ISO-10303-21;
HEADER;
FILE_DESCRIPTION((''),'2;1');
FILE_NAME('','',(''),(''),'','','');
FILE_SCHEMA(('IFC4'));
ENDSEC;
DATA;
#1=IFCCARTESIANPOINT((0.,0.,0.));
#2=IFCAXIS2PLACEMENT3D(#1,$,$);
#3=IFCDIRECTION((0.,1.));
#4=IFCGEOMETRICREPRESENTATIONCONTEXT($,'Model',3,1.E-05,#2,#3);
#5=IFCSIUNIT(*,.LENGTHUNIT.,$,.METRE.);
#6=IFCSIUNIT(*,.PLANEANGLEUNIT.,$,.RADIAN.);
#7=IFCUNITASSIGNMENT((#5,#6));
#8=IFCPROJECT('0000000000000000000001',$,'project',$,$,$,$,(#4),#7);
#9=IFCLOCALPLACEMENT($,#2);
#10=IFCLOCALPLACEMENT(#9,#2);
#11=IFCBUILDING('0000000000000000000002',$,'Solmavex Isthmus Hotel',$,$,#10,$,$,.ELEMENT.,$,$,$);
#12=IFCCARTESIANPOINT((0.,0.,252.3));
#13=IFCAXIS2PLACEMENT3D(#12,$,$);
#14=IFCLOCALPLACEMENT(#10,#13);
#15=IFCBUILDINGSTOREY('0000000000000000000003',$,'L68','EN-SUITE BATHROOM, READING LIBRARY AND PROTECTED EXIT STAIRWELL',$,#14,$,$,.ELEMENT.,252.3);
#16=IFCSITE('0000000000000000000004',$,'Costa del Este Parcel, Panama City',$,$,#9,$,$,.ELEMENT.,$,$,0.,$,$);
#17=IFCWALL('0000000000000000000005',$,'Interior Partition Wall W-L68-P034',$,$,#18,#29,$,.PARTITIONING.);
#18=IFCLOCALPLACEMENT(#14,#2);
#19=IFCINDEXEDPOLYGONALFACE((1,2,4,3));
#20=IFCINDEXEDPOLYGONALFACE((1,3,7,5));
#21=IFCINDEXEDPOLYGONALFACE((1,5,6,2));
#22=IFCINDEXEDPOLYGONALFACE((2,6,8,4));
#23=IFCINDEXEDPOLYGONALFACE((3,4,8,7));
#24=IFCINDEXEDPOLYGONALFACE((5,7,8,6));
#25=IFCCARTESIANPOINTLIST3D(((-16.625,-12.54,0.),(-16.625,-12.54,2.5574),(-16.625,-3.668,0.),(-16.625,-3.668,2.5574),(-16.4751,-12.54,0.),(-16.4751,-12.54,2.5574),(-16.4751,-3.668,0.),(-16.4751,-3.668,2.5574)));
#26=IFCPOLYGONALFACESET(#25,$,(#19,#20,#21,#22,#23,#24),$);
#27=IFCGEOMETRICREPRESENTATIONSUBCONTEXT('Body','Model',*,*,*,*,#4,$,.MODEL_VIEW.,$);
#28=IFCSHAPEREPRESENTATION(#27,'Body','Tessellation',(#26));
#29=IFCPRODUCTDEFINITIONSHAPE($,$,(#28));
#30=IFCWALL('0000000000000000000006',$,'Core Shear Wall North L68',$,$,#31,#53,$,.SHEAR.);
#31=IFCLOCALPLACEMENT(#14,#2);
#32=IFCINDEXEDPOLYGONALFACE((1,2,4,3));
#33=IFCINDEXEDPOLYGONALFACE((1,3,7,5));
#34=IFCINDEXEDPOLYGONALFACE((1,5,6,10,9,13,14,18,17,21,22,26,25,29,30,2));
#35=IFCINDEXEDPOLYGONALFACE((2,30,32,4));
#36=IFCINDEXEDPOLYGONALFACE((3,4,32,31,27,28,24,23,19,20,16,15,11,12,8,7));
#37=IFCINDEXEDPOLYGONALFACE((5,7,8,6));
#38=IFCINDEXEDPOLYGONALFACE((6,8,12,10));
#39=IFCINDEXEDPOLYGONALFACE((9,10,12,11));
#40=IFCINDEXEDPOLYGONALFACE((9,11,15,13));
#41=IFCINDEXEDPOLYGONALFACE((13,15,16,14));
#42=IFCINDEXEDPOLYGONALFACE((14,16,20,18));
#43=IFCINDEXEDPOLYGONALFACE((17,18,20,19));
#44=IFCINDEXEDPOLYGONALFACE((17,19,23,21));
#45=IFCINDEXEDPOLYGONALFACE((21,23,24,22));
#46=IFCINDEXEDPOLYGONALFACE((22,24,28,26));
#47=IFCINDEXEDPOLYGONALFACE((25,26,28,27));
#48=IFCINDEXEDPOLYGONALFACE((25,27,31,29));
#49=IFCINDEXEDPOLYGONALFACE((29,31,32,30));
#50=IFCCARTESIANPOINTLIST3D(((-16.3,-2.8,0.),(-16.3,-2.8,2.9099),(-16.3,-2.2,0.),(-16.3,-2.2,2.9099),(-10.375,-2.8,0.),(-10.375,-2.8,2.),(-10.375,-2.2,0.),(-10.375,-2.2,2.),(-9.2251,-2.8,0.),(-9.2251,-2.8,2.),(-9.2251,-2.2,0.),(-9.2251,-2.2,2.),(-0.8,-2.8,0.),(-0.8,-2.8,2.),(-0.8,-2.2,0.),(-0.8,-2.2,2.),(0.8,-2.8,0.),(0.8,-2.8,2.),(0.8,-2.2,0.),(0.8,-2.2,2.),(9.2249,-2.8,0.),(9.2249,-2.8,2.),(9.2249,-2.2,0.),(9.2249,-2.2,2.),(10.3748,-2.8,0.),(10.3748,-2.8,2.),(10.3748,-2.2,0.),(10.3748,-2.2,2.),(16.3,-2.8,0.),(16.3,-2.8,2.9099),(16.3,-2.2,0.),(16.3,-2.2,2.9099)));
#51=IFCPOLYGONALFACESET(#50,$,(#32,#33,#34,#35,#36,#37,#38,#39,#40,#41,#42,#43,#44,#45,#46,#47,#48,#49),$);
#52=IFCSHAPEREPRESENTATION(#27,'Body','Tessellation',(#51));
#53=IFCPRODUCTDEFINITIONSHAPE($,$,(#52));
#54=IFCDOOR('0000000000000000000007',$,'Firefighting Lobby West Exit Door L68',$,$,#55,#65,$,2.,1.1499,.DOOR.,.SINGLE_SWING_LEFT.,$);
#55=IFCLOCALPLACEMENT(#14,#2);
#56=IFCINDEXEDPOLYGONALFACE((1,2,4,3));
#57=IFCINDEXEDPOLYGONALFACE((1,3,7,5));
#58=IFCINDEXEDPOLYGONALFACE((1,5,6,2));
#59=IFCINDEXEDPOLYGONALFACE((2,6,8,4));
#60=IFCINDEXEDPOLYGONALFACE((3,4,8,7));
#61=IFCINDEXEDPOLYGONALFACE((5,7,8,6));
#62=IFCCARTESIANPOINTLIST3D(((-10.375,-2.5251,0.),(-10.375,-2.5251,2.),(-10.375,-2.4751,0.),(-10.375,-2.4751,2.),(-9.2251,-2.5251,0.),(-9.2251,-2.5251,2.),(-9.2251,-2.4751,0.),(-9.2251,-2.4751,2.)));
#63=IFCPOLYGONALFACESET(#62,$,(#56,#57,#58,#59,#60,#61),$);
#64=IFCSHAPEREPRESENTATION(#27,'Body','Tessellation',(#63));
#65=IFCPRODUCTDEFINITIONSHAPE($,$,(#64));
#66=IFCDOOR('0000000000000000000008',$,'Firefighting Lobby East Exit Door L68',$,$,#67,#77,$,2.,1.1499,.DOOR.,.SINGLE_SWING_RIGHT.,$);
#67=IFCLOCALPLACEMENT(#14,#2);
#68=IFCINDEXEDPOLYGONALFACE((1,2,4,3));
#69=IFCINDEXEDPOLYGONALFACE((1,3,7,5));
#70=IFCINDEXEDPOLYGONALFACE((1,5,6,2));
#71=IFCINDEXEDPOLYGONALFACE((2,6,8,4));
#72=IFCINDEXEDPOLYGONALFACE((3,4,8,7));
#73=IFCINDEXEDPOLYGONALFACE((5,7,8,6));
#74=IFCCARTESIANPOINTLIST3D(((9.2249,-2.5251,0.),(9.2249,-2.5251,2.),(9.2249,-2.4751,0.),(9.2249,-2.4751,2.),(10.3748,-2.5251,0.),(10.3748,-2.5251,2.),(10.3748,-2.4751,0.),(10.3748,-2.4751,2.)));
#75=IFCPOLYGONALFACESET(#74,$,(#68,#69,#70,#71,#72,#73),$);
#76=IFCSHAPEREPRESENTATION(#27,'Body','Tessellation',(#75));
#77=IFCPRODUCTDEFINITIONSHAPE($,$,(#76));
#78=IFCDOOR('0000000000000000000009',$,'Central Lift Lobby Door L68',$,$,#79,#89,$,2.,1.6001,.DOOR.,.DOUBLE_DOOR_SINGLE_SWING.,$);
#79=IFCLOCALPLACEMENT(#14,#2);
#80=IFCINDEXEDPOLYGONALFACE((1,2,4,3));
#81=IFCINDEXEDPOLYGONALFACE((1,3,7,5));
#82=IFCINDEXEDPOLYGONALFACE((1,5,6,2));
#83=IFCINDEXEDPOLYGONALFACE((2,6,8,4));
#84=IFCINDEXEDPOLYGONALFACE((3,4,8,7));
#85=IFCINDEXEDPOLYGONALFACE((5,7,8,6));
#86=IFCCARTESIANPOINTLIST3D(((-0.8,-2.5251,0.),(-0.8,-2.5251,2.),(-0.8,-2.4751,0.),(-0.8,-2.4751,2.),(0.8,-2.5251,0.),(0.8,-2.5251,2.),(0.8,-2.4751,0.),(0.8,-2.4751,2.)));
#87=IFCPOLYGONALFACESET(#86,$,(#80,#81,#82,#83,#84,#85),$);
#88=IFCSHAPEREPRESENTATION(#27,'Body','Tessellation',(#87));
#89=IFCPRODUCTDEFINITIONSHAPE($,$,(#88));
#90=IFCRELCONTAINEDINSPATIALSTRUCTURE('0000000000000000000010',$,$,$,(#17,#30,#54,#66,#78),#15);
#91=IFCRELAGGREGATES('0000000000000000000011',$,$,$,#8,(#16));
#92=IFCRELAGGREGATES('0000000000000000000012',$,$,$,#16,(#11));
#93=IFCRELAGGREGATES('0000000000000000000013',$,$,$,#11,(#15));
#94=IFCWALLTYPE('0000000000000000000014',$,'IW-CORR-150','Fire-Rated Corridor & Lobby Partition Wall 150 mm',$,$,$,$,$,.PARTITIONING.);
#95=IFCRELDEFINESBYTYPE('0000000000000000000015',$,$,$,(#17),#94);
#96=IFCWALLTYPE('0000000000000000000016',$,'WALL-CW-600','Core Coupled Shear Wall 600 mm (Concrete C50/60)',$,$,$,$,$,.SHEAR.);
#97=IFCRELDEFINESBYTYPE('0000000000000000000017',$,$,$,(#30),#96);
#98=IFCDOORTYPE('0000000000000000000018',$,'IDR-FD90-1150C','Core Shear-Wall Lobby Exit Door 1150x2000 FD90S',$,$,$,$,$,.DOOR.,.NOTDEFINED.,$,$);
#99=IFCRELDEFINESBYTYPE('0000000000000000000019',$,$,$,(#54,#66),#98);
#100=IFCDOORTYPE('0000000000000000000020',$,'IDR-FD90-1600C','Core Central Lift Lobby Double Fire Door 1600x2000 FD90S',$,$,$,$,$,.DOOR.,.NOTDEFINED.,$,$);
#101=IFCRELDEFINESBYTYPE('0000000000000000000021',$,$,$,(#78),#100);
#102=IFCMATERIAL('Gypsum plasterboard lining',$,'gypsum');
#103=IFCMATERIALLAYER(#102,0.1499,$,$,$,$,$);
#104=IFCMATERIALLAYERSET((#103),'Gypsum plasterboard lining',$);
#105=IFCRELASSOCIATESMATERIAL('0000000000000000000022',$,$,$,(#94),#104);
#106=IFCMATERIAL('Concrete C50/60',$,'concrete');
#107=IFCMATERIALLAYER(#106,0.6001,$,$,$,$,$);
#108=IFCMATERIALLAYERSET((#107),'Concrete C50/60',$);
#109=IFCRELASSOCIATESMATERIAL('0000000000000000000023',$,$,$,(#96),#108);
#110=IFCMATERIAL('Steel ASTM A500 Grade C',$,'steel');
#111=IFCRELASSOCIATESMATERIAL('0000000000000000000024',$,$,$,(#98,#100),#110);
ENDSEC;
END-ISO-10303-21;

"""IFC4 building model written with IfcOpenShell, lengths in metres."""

from ifc_helpers import new_model, si_unit, direction, frame, frame_2d, origin, place, context, subcontext, project, spatial, rectangle, extrude, material, layer, layer_set, type_object, element, fill, save


model = new_model("IFC4")

# Units and contexts
model_context = context("Model", 3, precision=1e-05, world=origin(), true_north=direction((0.0, 1.0)))
body_context = subcontext(model_context, "Body", "Model", "MODEL_VIEW")
ifc_project = project(units=[si_unit("LENGTHUNIT", "METRE"), si_unit("PLANEANGLEUNIT", "RADIAN")], contexts=[model_context])

# Site, building, storey
site_placement = place(None, origin())
site = spatial("IfcSite", under=ifc_project, at=site_placement, Name="Costa del Este Parcel, Panama City", CompositionType="ELEMENT", RefElevation=0.0)
building_placement = place(site_placement, origin())
building = spatial("IfcBuilding", under=site, at=building_placement, Name="Solmavex Isthmus Hotel", CompositionType="ELEMENT")
storey_placement = place(building_placement, frame((0.0, 0.0, 252.3)))
storey = spatial("IfcBuildingStorey", under=building, at=storey_placement, Name="L68", Description="EN-SUITE BATHROOM, READING LIBRARY AND PROTECTED EXIT STAIRWELL", CompositionType="ELEMENT", Elevation=252.3)

# Shared definitions
ifc_material_1 = material(Name="Gypsum plasterboard lining", Category="gypsum")

# Shared definitions
ifc_layer_1 = layer(ifc_material_1, 0.1499)
ifc_layer_set_1 = layer_set([ifc_layer_1], Name="Gypsum plasterboard lining")
wall_type_1 = type_object("IfcWallType", Name="IW-CORR-150", Description="Fire-Rated Corridor & Lobby Partition Wall 150 mm", PredefinedType="PARTITIONING", material=ifc_layer_set_1)
ifc_material_2 = material(Name="Steel ASTM A500 Grade C", Category="steel")

# Wall
wall_1_placement = place(storey_placement, frame((-16.55, -3.668, 0.0), z_axis=(0.0, 0.0, 1.0), x_axis=(0.0, -1.0, 0.0)))
element("IfcWall", 1, at=wall_1_placement, inside=storey, type_object=wall_type_1, Name="Interior Partition Wall W-L68-P034", PredefinedType="PARTITIONING", context=body_context, shape_type="SweptSolid", body=[
    extrude(rectangle(XDim=8.8721, YDim=0.1499, at=frame_2d((4.436, 0.0))), origin(), (0.0, 0.0, 1.0), 2.5574),
])

# Wall, openings, doors
ifc_material_3 = material(Name="Concrete C50/60", Category="concrete")
ifc_layer_2 = layer(ifc_material_3, 0.6001)
ifc_layer_set_2 = layer_set([ifc_layer_2], Name="Concrete C50/60")
wall_type_2 = type_object("IfcWallType", Name="WALL-CW-600", Description="Core Coupled Shear Wall 600 mm (Concrete C50/60)", PredefinedType="SHEAR", material=ifc_layer_set_2)
wall_2_placement = place(storey_placement, frame((-16.3, -2.5, 0.0), z_axis=(0.0, 0.0, 1.0), x_axis=(1.0, 0.0, 0.0)))
wall_2 = element("IfcWall", 2, at=wall_2_placement, inside=storey, type_object=wall_type_2, Name="Core Shear Wall North L68", PredefinedType="SHEAR", context=body_context, shape_type="SweptSolid", body=[
    extrude(rectangle(XDim=32.6001, YDim=0.6001, at=frame_2d((16.3, 0.0))), origin(), (0.0, 0.0, 1.0), 2.9099),
])
opening_1_placement = place(wall_2_placement, frame((5.925, 0.0, 0.0)))
opening_1 = element("IfcOpeningElement", 3, at=opening_1_placement, cuts=wall_2, PredefinedType="OPENING", context=body_context, shape_type="SweptSolid", body=[
    extrude(rectangle(XDim=1.1499, YDim=2.0, at=frame_2d((0.575, 1.0))), frame((0.0, 0.3101, 0.0), z_axis=(0.0, -1.0, 0.0), x_axis=(1.0, 0.0, 0.0)), (0.0, 0.0, 1.0), 0.6201),
])
opening_2_placement = place(wall_2_placement, frame((15.5, 0.0, 0.0)))
opening_2 = element("IfcOpeningElement", 4, at=opening_2_placement, cuts=wall_2, PredefinedType="OPENING", context=body_context, shape_type="SweptSolid", body=[
    extrude(rectangle(XDim=1.6001, YDim=2.0, at=frame_2d((0.8, 1.0))), frame((0.0, 0.3101, 0.0), z_axis=(0.0, -1.0, 0.0), x_axis=(1.0, 0.0, 0.0)), (0.0, 0.0, 1.0), 0.6201),
])
opening_3_placement = place(wall_2_placement, frame((25.5249, 0.0, 0.0)))
opening_3 = element("IfcOpeningElement", 5, at=opening_3_placement, cuts=wall_2, PredefinedType="OPENING", context=body_context, shape_type="SweptSolid", body=[
    extrude(rectangle(XDim=1.1499, YDim=2.0, at=frame_2d((0.575, 1.0))), frame((0.0, 0.3101, 0.0), z_axis=(0.0, -1.0, 0.0), x_axis=(1.0, 0.0, 0.0)), (0.0, 0.0, 1.0), 0.6201),
])
door_type_1 = type_object("IfcDoorType", Name="IDR-FD90-1150C", Description="Core Shear-Wall Lobby Exit Door 1150x2000 FD90S", OperationType="NOTDEFINED", PredefinedType="DOOR", material=ifc_material_2)
door_1_placement = place(opening_1_placement, origin())
door_1 = element("IfcDoor", 6, at=door_1_placement, inside=storey, type_object=door_type_1, Name="Firefighting Lobby West Exit Door L68", OperationType="SINGLE_SWING_LEFT", OverallHeight=2.0, OverallWidth=1.1499, PredefinedType="DOOR", context=body_context, shape_type="SweptSolid", body=[
    extrude(rectangle(XDim=1.1499, YDim=2.0, at=frame_2d((0.575, 1.0))), frame((0.0, 0.0249, 0.0), z_axis=(0.0, -1.0, 0.0), x_axis=(1.0, 0.0, 0.0)), (0.0, 0.0, 1.0), 0.05),
])
fill(opening_1, door_1)
door_2_placement = place(opening_3_placement, origin())
door_2 = element("IfcDoor", 7, at=door_2_placement, inside=storey, type_object=door_type_1, Name="Firefighting Lobby East Exit Door L68", OperationType="SINGLE_SWING_RIGHT", OverallHeight=2.0, OverallWidth=1.1499, PredefinedType="DOOR", context=body_context, shape_type="SweptSolid", body=[
    extrude(rectangle(XDim=1.1499, YDim=2.0, at=frame_2d((0.575, 1.0))), frame((0.0, 0.0249, 0.0), z_axis=(0.0, -1.0, 0.0), x_axis=(1.0, 0.0, 0.0)), (0.0, 0.0, 1.0), 0.05),
])
fill(opening_3, door_2)
door_type_2 = type_object("IfcDoorType", Name="IDR-FD90-1600C", Description="Core Central Lift Lobby Double Fire Door 1600x2000 FD90S", OperationType="NOTDEFINED", PredefinedType="DOOR", material=ifc_material_2)
door_3_placement = place(opening_2_placement, origin())
door_3 = element("IfcDoor", 8, at=door_3_placement, inside=storey, type_object=door_type_2, Name="Central Lift Lobby Door L68", OperationType="DOUBLE_DOOR_SINGLE_SWING", OverallHeight=2.0, OverallWidth=1.6001, PredefinedType="DOOR", context=body_context, shape_type="SweptSolid", body=[
    extrude(rectangle(XDim=1.6001, YDim=2.0, at=frame_2d((0.8, 1.0))), frame((0.0, 0.0249, 0.0), z_axis=(0.0, -1.0, 0.0), x_axis=(1.0, 0.0, 0.0)), (0.0, 0.0, 1.0), 0.05),
])
fill(opening_2, door_3)

save(model, "model.ifc")
